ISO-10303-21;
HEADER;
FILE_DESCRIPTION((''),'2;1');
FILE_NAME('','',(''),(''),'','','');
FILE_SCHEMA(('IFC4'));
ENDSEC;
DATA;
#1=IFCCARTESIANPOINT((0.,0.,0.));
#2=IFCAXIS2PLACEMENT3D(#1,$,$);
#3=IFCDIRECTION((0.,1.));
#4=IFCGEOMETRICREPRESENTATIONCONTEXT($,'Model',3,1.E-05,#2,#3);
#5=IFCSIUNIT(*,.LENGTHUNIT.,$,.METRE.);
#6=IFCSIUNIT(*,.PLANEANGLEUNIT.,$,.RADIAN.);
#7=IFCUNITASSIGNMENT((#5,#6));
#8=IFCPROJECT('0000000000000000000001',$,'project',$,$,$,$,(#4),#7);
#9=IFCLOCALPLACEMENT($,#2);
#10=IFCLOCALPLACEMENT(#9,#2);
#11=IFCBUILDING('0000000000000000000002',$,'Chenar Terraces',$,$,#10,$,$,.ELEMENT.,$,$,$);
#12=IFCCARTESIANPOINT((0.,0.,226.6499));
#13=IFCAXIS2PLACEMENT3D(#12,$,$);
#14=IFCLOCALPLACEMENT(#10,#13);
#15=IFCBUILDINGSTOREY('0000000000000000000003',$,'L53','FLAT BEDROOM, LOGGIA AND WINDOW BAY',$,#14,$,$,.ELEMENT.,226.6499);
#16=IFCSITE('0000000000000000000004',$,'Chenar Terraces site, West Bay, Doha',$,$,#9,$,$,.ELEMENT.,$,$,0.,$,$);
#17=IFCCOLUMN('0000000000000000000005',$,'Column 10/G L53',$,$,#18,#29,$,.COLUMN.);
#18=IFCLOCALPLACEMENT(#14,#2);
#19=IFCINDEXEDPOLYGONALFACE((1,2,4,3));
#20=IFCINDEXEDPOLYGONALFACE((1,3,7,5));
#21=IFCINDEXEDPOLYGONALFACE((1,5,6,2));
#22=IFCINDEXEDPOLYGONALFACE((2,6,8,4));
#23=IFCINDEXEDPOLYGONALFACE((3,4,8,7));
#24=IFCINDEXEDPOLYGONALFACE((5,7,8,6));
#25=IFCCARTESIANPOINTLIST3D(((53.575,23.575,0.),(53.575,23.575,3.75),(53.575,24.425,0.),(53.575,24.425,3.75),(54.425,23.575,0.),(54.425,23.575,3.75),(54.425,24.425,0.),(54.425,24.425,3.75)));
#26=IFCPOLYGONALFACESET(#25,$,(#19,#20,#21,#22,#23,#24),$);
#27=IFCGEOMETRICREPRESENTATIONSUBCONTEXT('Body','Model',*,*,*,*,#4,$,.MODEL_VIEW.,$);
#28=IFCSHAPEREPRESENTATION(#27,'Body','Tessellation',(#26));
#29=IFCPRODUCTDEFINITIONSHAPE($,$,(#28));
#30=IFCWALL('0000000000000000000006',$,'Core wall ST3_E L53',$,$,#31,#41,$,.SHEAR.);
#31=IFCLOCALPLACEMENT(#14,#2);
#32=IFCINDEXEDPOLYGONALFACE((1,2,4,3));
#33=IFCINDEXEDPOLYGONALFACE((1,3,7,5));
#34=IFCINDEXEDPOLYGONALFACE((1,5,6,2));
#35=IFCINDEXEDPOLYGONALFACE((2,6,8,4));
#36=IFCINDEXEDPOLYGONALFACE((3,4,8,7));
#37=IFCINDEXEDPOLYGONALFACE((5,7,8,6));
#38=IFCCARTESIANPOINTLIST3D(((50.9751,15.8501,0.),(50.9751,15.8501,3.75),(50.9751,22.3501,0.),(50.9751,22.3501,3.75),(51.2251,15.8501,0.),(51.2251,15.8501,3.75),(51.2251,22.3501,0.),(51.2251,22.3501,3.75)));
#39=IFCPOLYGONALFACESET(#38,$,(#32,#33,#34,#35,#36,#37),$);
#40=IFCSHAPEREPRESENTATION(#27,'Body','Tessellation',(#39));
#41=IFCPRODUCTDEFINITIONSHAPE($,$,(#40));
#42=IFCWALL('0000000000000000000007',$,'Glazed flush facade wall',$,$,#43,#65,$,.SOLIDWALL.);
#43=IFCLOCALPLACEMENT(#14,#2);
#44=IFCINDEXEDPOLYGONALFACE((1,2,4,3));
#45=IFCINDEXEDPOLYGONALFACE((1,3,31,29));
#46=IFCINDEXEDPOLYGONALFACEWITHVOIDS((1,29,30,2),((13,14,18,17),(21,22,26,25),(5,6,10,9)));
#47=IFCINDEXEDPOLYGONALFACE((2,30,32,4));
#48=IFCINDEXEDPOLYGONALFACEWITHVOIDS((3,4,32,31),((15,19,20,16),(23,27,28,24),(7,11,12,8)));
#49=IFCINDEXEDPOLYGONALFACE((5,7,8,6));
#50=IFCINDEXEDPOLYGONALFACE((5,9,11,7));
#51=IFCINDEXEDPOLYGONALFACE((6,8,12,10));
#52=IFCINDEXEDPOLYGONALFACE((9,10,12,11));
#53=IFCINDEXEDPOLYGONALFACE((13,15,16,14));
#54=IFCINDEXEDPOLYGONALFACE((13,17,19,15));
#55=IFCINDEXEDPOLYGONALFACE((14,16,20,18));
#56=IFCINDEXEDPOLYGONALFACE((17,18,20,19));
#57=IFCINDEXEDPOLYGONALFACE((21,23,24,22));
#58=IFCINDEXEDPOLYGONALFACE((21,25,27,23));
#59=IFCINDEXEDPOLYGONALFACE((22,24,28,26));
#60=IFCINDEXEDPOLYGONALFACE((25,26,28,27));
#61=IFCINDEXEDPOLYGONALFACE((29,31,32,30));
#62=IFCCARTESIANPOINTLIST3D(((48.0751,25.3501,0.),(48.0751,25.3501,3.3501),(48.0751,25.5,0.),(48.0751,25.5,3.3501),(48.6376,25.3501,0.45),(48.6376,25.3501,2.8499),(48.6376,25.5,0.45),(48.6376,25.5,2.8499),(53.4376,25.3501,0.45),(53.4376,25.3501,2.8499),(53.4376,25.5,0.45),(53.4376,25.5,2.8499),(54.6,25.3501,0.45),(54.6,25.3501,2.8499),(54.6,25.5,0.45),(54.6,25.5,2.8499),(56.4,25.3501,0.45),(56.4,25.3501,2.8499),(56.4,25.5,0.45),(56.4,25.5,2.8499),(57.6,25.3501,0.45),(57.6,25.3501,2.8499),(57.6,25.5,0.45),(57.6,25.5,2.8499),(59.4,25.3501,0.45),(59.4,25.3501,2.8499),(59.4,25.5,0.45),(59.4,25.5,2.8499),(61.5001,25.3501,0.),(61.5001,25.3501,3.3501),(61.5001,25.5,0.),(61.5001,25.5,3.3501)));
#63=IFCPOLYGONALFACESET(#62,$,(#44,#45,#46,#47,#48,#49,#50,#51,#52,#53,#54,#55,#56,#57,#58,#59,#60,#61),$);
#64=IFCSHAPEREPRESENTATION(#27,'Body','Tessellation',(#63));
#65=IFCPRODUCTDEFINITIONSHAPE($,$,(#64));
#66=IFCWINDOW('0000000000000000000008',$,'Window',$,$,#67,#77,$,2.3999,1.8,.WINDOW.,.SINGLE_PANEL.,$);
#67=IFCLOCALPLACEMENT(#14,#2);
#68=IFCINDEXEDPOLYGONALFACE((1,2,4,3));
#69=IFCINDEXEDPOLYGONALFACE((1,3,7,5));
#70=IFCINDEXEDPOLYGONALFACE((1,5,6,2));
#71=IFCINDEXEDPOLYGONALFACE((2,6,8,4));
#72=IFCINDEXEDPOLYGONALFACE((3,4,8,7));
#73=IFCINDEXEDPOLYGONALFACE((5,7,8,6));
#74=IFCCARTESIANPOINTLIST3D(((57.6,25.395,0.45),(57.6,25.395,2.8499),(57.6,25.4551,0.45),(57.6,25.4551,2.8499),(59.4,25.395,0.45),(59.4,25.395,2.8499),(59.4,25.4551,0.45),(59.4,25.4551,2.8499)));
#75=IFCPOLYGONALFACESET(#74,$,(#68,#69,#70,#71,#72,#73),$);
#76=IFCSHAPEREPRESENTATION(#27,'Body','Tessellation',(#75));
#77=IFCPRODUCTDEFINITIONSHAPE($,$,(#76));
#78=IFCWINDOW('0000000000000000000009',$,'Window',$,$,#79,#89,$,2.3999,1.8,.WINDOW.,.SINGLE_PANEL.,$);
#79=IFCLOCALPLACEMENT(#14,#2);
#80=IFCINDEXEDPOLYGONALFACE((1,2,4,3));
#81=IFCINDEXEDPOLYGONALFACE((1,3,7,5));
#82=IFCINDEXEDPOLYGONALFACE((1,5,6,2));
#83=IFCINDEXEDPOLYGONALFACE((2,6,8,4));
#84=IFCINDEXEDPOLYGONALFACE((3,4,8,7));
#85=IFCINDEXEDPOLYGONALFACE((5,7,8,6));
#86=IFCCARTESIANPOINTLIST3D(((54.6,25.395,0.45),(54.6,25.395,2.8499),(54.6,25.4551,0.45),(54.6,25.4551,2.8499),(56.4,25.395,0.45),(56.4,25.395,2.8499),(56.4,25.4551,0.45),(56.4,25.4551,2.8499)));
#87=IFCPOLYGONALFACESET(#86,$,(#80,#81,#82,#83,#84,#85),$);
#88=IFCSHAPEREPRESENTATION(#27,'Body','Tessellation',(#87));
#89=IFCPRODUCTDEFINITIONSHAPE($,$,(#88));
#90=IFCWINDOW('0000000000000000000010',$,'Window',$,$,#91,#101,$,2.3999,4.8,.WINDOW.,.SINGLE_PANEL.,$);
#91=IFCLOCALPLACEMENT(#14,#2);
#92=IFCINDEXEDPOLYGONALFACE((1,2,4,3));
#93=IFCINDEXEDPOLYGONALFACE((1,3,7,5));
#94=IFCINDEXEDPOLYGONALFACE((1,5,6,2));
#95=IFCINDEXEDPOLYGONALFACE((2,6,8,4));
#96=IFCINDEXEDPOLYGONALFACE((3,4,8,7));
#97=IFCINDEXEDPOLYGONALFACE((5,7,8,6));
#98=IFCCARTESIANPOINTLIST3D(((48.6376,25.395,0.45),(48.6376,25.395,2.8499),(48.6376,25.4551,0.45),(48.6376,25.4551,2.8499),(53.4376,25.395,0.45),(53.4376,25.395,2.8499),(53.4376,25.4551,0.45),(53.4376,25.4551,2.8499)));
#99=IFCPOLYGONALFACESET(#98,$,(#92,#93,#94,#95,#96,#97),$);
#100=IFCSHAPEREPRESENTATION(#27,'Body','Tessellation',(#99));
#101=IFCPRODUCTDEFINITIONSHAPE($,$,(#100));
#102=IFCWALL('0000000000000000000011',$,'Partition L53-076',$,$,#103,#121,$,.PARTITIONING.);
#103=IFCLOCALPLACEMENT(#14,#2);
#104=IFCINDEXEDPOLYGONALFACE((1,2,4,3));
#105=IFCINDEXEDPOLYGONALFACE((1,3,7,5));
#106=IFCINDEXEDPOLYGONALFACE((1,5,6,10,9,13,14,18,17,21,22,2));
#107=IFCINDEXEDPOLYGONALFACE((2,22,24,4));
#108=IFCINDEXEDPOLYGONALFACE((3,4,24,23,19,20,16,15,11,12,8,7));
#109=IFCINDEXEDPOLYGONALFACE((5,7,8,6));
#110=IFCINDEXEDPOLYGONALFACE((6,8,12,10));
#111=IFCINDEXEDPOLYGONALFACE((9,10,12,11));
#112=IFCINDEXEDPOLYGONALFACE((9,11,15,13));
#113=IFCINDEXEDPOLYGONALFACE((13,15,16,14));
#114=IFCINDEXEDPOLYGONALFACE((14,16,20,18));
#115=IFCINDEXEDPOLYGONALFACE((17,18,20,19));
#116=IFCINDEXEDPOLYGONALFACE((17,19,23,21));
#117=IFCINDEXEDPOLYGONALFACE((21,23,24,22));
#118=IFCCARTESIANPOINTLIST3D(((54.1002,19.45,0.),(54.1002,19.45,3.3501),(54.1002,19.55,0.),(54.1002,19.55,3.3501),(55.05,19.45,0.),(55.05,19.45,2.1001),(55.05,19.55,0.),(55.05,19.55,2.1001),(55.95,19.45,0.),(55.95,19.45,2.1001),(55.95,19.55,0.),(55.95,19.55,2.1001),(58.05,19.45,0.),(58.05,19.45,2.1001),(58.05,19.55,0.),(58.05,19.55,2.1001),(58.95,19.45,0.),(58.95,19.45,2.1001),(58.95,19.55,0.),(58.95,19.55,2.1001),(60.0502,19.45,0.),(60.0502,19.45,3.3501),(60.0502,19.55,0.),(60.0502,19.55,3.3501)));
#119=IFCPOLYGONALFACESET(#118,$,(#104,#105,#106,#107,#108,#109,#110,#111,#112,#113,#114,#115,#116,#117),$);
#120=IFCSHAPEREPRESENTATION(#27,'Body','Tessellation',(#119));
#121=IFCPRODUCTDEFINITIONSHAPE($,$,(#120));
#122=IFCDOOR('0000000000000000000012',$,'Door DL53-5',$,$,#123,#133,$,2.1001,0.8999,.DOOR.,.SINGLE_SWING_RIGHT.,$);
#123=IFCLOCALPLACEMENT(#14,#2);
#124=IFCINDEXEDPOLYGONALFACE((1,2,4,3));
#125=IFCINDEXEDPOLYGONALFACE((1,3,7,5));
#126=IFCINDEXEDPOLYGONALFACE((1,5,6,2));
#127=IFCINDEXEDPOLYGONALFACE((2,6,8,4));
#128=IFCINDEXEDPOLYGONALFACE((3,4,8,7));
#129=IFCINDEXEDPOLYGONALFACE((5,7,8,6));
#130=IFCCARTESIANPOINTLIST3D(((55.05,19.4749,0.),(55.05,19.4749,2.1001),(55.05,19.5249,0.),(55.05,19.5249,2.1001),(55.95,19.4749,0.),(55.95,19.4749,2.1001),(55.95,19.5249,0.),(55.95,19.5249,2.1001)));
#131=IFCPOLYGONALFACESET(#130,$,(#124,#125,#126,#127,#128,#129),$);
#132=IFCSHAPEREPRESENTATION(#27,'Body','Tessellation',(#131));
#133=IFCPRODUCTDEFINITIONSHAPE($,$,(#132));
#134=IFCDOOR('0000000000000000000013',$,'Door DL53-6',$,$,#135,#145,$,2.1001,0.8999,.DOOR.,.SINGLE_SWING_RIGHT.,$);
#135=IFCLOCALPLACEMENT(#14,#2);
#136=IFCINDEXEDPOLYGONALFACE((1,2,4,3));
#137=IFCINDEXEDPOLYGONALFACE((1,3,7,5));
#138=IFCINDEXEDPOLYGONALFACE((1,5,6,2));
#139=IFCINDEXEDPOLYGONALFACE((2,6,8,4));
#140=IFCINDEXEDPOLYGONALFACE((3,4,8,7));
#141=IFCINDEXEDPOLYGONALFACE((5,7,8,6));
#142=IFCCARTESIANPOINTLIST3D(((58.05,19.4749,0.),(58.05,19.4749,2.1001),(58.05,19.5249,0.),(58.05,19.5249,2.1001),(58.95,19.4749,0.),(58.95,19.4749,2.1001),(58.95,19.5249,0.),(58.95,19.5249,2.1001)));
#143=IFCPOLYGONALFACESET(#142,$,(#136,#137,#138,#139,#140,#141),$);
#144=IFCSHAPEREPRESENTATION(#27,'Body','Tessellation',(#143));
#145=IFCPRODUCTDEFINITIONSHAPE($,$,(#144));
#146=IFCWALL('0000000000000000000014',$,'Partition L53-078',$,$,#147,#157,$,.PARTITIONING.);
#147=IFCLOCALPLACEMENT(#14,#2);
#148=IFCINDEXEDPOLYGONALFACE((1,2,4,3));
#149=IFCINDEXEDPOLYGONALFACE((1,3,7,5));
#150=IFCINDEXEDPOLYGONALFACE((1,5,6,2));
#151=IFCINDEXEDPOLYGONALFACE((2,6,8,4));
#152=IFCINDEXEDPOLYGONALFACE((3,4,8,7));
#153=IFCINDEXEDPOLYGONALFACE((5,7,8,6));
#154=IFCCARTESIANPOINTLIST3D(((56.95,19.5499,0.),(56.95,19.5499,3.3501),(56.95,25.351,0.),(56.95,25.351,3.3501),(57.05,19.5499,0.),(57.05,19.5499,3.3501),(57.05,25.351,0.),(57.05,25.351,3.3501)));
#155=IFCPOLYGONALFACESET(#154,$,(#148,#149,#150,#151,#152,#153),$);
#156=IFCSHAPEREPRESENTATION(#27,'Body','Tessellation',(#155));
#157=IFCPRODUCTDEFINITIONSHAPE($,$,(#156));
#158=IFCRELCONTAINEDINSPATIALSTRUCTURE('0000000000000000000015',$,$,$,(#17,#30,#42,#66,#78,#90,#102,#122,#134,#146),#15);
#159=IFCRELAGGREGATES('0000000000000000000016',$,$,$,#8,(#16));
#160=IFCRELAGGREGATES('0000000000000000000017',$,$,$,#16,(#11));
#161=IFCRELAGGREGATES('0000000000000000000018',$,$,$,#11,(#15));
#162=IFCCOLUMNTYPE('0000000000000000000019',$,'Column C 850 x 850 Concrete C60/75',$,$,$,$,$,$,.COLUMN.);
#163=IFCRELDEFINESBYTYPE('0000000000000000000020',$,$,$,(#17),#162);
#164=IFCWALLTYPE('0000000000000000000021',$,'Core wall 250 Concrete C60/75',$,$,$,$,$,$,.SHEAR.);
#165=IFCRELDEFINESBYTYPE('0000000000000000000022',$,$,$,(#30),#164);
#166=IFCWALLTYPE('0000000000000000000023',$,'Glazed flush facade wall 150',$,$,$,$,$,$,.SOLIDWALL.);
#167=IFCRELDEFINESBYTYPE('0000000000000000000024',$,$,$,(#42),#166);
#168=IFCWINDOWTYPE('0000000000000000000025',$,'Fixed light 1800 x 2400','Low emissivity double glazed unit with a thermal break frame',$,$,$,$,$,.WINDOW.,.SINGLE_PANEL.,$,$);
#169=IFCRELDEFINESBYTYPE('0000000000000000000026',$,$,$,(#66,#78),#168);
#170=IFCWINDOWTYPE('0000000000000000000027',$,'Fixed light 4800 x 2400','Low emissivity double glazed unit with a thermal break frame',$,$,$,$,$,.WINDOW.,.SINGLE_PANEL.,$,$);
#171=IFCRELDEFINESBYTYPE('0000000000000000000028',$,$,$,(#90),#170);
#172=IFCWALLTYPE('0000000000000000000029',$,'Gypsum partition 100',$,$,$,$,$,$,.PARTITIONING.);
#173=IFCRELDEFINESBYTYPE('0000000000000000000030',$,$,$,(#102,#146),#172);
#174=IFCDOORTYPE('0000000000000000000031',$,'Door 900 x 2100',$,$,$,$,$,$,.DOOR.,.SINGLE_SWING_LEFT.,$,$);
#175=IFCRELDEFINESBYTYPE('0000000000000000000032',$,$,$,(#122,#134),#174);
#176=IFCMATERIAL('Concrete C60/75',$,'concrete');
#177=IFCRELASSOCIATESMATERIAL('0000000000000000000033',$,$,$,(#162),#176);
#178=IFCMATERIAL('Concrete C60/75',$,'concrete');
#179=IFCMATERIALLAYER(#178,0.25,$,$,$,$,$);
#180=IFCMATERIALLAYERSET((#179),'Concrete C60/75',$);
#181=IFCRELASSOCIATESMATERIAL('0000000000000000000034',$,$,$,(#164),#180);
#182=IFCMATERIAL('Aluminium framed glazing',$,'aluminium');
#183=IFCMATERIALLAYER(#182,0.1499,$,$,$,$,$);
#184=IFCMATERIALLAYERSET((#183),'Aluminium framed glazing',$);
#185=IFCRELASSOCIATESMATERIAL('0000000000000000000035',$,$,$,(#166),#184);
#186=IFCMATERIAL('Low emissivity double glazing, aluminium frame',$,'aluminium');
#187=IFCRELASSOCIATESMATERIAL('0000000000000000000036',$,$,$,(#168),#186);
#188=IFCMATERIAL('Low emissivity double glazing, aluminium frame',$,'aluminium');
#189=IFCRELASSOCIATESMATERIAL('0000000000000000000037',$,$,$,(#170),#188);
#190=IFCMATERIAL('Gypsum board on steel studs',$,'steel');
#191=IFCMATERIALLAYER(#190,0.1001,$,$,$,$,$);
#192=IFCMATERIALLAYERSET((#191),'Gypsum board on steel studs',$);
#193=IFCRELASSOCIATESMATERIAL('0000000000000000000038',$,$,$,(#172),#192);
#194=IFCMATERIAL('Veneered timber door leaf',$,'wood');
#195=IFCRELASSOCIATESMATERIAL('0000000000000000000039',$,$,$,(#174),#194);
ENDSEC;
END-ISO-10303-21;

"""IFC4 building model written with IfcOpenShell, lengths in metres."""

from ifc_helpers import new_model, si_unit, direction, frame, frame_2d, origin, origin_2d, place, context, subcontext, project, spatial, rectangle, extrude, material, layer, layer_set, material_profile, profile_set, type_object, element, fill, save


model = new_model("IFC4")

# Units and contexts
model_context = context("Model", 3, precision=1e-05, world=origin(), true_north=direction((0.0, 1.0)))
body_context = subcontext(model_context, "Body", "Model", "MODEL_VIEW")
ifc_project = project(units=[si_unit("LENGTHUNIT", "METRE"), si_unit("PLANEANGLEUNIT", "RADIAN")], contexts=[model_context])

# Site, building, storey
site_placement = place(None, origin())
site = spatial("IfcSite", under=ifc_project, at=site_placement, Name="Chenar Terraces site, West Bay, Doha", CompositionType="ELEMENT", RefElevation=0.0)
building_placement = place(site_placement, origin())
building = spatial("IfcBuilding", under=site, at=building_placement, Name="Chenar Terraces", CompositionType="ELEMENT")
storey_placement = place(building_placement, frame((0.0, 0.0, 226.6499)))
storey = spatial("IfcBuildingStorey", under=building, at=storey_placement, Name="L53", Description="FLAT BEDROOM, LOGGIA AND WINDOW BAY", CompositionType="ELEMENT", Elevation=226.6499)

# Column
ifc_material_1 = material(Name="Concrete C60/75", Category="concrete")
ifc_material_profile_1 = material_profile(ifc_material_1, rectangle(XDim=0.8501, YDim=0.8501, at=origin_2d()), Name="C 850 x 850")
ifc_profile_set_1 = profile_set([ifc_material_profile_1], Name="Concrete C60/75")
column_type = type_object("IfcColumnType", Name="Column C 850 x 850 Concrete C60/75", PredefinedType="COLUMN", material=ifc_profile_set_1)
column_placement = place(storey_placement, frame((54.0, 24.0, 0.0), z_axis=(0.0, 0.0, 1.0), x_axis=(1.0, 0.0, 0.0)))
element("IfcColumn", 1, at=column_placement, inside=storey, type_object=column_type, Name="Column 10/G L53", PredefinedType="COLUMN", context=body_context, shape_type="SweptSolid", body=[
    extrude(rectangle(XDim=0.8501, YDim=0.8501, at=origin_2d()), origin(), (0.0, 0.0, 1.0), 3.75),
])

# Wall
ifc_material_2 = material(Name="Concrete C60/75", Category="concrete")
ifc_layer_1 = layer(ifc_material_2, 0.25)
ifc_layer_set_1 = layer_set([ifc_layer_1], Name="Concrete C60/75")
wall_type_1 = type_object("IfcWallType", Name="Core wall 250 Concrete C60/75", PredefinedType="SHEAR", material=ifc_layer_set_1)
wall_1_placement = place(storey_placement, frame((51.1001, 15.8501, 0.0), z_axis=(0.0, 0.0, 1.0), x_axis=(0.0, 1.0, 0.0)))
element("IfcWall", 2, at=wall_1_placement, inside=storey, type_object=wall_type_1, Name="Core wall ST3_E L53", PredefinedType="SHEAR", context=body_context, shape_type="SweptSolid", body=[
    extrude(rectangle(XDim=6.5, YDim=0.25, at=frame_2d((3.25, 0.0))), origin(), (0.0, 0.0, 1.0), 3.75),
])

# Wall, openings, windows
ifc_material_3 = material(Name="Aluminium framed glazing", Category="aluminium")
ifc_layer_2 = layer(ifc_material_3, 0.1499)
ifc_layer_set_2 = layer_set([ifc_layer_2], Name="Aluminium framed glazing")
wall_type_2 = type_object("IfcWallType", Name="Glazed flush facade wall 150", PredefinedType="SOLIDWALL", material=ifc_layer_set_2)
wall_2_placement = place(storey_placement, frame((61.5, 25.425, 0.0), z_axis=(0.0, 0.0, 1.0), x_axis=(-1.0, 0.0, 0.0)))
wall_2 = element("IfcWall", 3, at=wall_2_placement, inside=storey, type_object=wall_type_2, Name="Glazed flush facade wall", PredefinedType="SOLIDWALL", context=body_context, shape_type="SweptSolid", body=[
    extrude(rectangle(XDim=13.425, YDim=0.1499, at=frame_2d((6.7124, 0.0))), origin(), (0.0, 0.0, 1.0), 3.3501),
])
opening_1_placement = place(wall_2_placement, frame((2.1001, 0.0, 0.45)))
opening_1 = element("IfcOpeningElement", 4, at=opening_1_placement, cuts=wall_2, PredefinedType="OPENING", context=body_context, shape_type="SweptSolid", body=[
    extrude(rectangle(XDim=1.8, YDim=2.3999, at=frame_2d((0.8999, 1.2))), frame((0.0, 0.085, 0.0), z_axis=(0.0, -1.0, 0.0), x_axis=(1.0, 0.0, 0.0)), (0.0, 0.0, 1.0), 0.1699),
])
opening_2_placement = place(wall_2_placement, frame((5.1001, 0.0, 0.45)))
opening_2 = element("IfcOpeningElement", 5, at=opening_2_placement, cuts=wall_2, PredefinedType="OPENING", context=body_context, shape_type="SweptSolid", body=[
    extrude(rectangle(XDim=1.8, YDim=2.3999, at=frame_2d((0.8999, 1.2))), frame((0.0, 0.085, 0.0), z_axis=(0.0, -1.0, 0.0), x_axis=(1.0, 0.0, 0.0)), (0.0, 0.0, 1.0), 0.1699),
])
opening_3_placement = place(wall_2_placement, frame((8.0625, 0.0, 0.45)))
opening_3 = element("IfcOpeningElement", 6, at=opening_3_placement, cuts=wall_2, PredefinedType="OPENING", context=body_context, shape_type="SweptSolid", body=[
    extrude(rectangle(XDim=4.8, YDim=2.3999, at=frame_2d((2.3999, 1.2))), frame((0.0, 0.085, 0.0), z_axis=(0.0, -1.0, 0.0), x_axis=(1.0, 0.0, 0.0)), (0.0, 0.0, 1.0), 0.1699),
])
ifc_material_4 = material(Name="Low emissivity double glazing, aluminium frame", Category="aluminium")
window_type_1 = type_object("IfcWindowType", Name="Fixed light 1800 x 2400", Description="Low emissivity double glazed unit with a thermal break frame", PartitioningType="SINGLE_PANEL", PredefinedType="WINDOW", material=ifc_material_4)
window_1_placement = place(opening_1_placement, origin())
window_1 = element("IfcWindow", 7, at=window_1_placement, inside=storey, type_object=window_type_1, Name="Window", OverallHeight=2.3999, OverallWidth=1.8, PartitioningType="SINGLE_PANEL", PredefinedType="WINDOW", context=body_context, shape_type="SweptSolid", body=[
    extrude(rectangle(XDim=1.8, YDim=2.3999, at=frame_2d((0.8999, 1.2))), frame((0.0, 0.03, 0.0), z_axis=(0.0, -1.0, 0.0), x_axis=(1.0, 0.0, 0.0)), (0.0, 0.0, 1.0), 0.0601),
])
fill(opening_1, window_1)
window_2_placement = place(opening_2_placement, origin())
window_2 = element("IfcWindow", 8, at=window_2_placement, inside=storey, type_object=window_type_1, Name="Window", OverallHeight=2.3999, OverallWidth=1.8, PartitioningType="SINGLE_PANEL", PredefinedType="WINDOW", context=body_context, shape_type="SweptSolid", body=[
    extrude(rectangle(XDim=1.8, YDim=2.3999, at=frame_2d((0.8999, 1.2))), frame((0.0, 0.03, 0.0), z_axis=(0.0, -1.0, 0.0), x_axis=(1.0, 0.0, 0.0)), (0.0, 0.0, 1.0), 0.0601),
])
fill(opening_2, window_2)
ifc_material_5 = material(Name="Low emissivity double glazing, aluminium frame", Category="aluminium")
window_type_2 = type_object("IfcWindowType", Name="Fixed light 4800 x 2400", Description="Low emissivity double glazed unit with a thermal break frame", PartitioningType="SINGLE_PANEL", PredefinedType="WINDOW", material=ifc_material_5)
window_3_placement = place(opening_3_placement, origin())
window_3 = element("IfcWindow", 9, at=window_3_placement, inside=storey, type_object=window_type_2, Name="Window", OverallHeight=2.3999, OverallWidth=4.8, PartitioningType="SINGLE_PANEL", PredefinedType="WINDOW", context=body_context, shape_type="SweptSolid", body=[
    extrude(rectangle(XDim=4.8, YDim=2.3999, at=frame_2d((2.3999, 1.2))), frame((0.0, 0.03, 0.0), z_axis=(0.0, -1.0, 0.0), x_axis=(1.0, 0.0, 0.0)), (0.0, 0.0, 1.0), 0.0601),
])
fill(opening_3, window_3)

# Wall, openings, doors
ifc_material_6 = material(Name="Gypsum board on steel studs", Category="steel")
ifc_layer_3 = layer(ifc_material_6, 0.1001)
ifc_layer_set_3 = layer_set([ifc_layer_3], Name="Gypsum board on steel studs")
wall_type_3 = type_object("IfcWallType", Name="Gypsum partition 100", PredefinedType="PARTITIONING", material=ifc_layer_set_3)
wall_3_placement = place(storey_placement, frame((54.1001, 19.5, 0.0), z_axis=(0.0, 0.0, 1.0), x_axis=(1.0, 0.0, 0.0)))
wall_3 = element("IfcWall", 10, at=wall_3_placement, inside=storey, type_object=wall_type_3, Name="Partition L53-076", PredefinedType="PARTITIONING", context=body_context, shape_type="SweptSolid", body=[
    extrude(rectangle(XDim=5.95, YDim=0.1001, at=frame_2d((2.9751, 0.0))), origin(), (0.0, 0.0, 1.0), 3.3501),
])
opening_4_placement = place(wall_3_placement, frame((0.95, 0.0, 0.0)))
opening_4 = element("IfcOpeningElement", 11, at=opening_4_placement, cuts=wall_3, PredefinedType="OPENING", context=body_context, shape_type="SweptSolid", body=[
    extrude(rectangle(XDim=0.8999, YDim=2.1001, at=frame_2d((0.45, 1.05))), frame((0.0, 0.0601, 0.0), z_axis=(0.0, -1.0, 0.0), x_axis=(1.0, 0.0, 0.0)), (0.0, 0.0, 1.0), 0.1201),
])
opening_5_placement = place(wall_3_placement, frame((3.95, 0.0, 0.0)))
opening_5 = element("IfcOpeningElement", 12, at=opening_5_placement, cuts=wall_3, PredefinedType="OPENING", context=body_context, shape_type="SweptSolid", body=[
    extrude(rectangle(XDim=0.8999, YDim=2.1001, at=frame_2d((0.45, 1.05))), frame((0.0, 0.0601, 0.0), z_axis=(0.0, -1.0, 0.0), x_axis=(1.0, 0.0, 0.0)), (0.0, 0.0, 1.0), 0.1201),
])
ifc_material_7 = material(Name="Veneered timber door leaf", Category="wood")
door_type_1 = type_object("IfcDoorType", Name="Door 900 x 2100", OperationType="SINGLE_SWING_LEFT", PredefinedType="DOOR", material=ifc_material_7)
door_1_placement = place(opening_4_placement, origin())
door_1 = element("IfcDoor", 13, at=door_1_placement, inside=storey, type_object=door_type_1, Name="Door DL53-5", OperationType="SINGLE_SWING_RIGHT", OverallHeight=2.1001, OverallWidth=0.8999, PredefinedType="DOOR", context=body_context, shape_type="SweptSolid", body=[
    extrude(rectangle(XDim=0.8999, YDim=2.1001, at=frame_2d((0.45, 1.05))), frame((0.0, 0.0249, 0.0), z_axis=(0.0, -1.0, 0.0), x_axis=(1.0, 0.0, 0.0)), (0.0, 0.0, 1.0), 0.05),
])
fill(opening_4, door_1)
door_2_placement = place(opening_5_placement, origin())
door_2 = element("IfcDoor", 14, at=door_2_placement, inside=storey, type_object=door_type_1, Name="Door DL53-6", OperationType="SINGLE_SWING_RIGHT", OverallHeight=2.1001, OverallWidth=0.8999, PredefinedType="DOOR", context=body_context, shape_type="SweptSolid", body=[
    extrude(rectangle(XDim=0.8999, YDim=2.1001, at=frame_2d((0.45, 1.05))), frame((0.0, 0.0249, 0.0), z_axis=(0.0, -1.0, 0.0), x_axis=(1.0, 0.0, 0.0)), (0.0, 0.0, 1.0), 0.05),
])
fill(opening_5, door_2)

# Wall
wall_4_placement = place(storey_placement, frame((57.0, 19.55, 0.0), z_axis=(0.0, 0.0, 1.0), x_axis=(0.0, 1.0, 0.0)))
element("IfcWall", 15, at=wall_4_placement, inside=storey, type_object=wall_type_3, Name="Partition L53-078", PredefinedType="PARTITIONING", context=body_context, shape_type="SweptSolid", body=[
    extrude(rectangle(XDim=5.801, YDim=0.1001, at=frame_2d((2.9004, 0.0))), origin(), (0.0, 0.0, 1.0), 3.3501),
])

save(model, "model.ifc")
